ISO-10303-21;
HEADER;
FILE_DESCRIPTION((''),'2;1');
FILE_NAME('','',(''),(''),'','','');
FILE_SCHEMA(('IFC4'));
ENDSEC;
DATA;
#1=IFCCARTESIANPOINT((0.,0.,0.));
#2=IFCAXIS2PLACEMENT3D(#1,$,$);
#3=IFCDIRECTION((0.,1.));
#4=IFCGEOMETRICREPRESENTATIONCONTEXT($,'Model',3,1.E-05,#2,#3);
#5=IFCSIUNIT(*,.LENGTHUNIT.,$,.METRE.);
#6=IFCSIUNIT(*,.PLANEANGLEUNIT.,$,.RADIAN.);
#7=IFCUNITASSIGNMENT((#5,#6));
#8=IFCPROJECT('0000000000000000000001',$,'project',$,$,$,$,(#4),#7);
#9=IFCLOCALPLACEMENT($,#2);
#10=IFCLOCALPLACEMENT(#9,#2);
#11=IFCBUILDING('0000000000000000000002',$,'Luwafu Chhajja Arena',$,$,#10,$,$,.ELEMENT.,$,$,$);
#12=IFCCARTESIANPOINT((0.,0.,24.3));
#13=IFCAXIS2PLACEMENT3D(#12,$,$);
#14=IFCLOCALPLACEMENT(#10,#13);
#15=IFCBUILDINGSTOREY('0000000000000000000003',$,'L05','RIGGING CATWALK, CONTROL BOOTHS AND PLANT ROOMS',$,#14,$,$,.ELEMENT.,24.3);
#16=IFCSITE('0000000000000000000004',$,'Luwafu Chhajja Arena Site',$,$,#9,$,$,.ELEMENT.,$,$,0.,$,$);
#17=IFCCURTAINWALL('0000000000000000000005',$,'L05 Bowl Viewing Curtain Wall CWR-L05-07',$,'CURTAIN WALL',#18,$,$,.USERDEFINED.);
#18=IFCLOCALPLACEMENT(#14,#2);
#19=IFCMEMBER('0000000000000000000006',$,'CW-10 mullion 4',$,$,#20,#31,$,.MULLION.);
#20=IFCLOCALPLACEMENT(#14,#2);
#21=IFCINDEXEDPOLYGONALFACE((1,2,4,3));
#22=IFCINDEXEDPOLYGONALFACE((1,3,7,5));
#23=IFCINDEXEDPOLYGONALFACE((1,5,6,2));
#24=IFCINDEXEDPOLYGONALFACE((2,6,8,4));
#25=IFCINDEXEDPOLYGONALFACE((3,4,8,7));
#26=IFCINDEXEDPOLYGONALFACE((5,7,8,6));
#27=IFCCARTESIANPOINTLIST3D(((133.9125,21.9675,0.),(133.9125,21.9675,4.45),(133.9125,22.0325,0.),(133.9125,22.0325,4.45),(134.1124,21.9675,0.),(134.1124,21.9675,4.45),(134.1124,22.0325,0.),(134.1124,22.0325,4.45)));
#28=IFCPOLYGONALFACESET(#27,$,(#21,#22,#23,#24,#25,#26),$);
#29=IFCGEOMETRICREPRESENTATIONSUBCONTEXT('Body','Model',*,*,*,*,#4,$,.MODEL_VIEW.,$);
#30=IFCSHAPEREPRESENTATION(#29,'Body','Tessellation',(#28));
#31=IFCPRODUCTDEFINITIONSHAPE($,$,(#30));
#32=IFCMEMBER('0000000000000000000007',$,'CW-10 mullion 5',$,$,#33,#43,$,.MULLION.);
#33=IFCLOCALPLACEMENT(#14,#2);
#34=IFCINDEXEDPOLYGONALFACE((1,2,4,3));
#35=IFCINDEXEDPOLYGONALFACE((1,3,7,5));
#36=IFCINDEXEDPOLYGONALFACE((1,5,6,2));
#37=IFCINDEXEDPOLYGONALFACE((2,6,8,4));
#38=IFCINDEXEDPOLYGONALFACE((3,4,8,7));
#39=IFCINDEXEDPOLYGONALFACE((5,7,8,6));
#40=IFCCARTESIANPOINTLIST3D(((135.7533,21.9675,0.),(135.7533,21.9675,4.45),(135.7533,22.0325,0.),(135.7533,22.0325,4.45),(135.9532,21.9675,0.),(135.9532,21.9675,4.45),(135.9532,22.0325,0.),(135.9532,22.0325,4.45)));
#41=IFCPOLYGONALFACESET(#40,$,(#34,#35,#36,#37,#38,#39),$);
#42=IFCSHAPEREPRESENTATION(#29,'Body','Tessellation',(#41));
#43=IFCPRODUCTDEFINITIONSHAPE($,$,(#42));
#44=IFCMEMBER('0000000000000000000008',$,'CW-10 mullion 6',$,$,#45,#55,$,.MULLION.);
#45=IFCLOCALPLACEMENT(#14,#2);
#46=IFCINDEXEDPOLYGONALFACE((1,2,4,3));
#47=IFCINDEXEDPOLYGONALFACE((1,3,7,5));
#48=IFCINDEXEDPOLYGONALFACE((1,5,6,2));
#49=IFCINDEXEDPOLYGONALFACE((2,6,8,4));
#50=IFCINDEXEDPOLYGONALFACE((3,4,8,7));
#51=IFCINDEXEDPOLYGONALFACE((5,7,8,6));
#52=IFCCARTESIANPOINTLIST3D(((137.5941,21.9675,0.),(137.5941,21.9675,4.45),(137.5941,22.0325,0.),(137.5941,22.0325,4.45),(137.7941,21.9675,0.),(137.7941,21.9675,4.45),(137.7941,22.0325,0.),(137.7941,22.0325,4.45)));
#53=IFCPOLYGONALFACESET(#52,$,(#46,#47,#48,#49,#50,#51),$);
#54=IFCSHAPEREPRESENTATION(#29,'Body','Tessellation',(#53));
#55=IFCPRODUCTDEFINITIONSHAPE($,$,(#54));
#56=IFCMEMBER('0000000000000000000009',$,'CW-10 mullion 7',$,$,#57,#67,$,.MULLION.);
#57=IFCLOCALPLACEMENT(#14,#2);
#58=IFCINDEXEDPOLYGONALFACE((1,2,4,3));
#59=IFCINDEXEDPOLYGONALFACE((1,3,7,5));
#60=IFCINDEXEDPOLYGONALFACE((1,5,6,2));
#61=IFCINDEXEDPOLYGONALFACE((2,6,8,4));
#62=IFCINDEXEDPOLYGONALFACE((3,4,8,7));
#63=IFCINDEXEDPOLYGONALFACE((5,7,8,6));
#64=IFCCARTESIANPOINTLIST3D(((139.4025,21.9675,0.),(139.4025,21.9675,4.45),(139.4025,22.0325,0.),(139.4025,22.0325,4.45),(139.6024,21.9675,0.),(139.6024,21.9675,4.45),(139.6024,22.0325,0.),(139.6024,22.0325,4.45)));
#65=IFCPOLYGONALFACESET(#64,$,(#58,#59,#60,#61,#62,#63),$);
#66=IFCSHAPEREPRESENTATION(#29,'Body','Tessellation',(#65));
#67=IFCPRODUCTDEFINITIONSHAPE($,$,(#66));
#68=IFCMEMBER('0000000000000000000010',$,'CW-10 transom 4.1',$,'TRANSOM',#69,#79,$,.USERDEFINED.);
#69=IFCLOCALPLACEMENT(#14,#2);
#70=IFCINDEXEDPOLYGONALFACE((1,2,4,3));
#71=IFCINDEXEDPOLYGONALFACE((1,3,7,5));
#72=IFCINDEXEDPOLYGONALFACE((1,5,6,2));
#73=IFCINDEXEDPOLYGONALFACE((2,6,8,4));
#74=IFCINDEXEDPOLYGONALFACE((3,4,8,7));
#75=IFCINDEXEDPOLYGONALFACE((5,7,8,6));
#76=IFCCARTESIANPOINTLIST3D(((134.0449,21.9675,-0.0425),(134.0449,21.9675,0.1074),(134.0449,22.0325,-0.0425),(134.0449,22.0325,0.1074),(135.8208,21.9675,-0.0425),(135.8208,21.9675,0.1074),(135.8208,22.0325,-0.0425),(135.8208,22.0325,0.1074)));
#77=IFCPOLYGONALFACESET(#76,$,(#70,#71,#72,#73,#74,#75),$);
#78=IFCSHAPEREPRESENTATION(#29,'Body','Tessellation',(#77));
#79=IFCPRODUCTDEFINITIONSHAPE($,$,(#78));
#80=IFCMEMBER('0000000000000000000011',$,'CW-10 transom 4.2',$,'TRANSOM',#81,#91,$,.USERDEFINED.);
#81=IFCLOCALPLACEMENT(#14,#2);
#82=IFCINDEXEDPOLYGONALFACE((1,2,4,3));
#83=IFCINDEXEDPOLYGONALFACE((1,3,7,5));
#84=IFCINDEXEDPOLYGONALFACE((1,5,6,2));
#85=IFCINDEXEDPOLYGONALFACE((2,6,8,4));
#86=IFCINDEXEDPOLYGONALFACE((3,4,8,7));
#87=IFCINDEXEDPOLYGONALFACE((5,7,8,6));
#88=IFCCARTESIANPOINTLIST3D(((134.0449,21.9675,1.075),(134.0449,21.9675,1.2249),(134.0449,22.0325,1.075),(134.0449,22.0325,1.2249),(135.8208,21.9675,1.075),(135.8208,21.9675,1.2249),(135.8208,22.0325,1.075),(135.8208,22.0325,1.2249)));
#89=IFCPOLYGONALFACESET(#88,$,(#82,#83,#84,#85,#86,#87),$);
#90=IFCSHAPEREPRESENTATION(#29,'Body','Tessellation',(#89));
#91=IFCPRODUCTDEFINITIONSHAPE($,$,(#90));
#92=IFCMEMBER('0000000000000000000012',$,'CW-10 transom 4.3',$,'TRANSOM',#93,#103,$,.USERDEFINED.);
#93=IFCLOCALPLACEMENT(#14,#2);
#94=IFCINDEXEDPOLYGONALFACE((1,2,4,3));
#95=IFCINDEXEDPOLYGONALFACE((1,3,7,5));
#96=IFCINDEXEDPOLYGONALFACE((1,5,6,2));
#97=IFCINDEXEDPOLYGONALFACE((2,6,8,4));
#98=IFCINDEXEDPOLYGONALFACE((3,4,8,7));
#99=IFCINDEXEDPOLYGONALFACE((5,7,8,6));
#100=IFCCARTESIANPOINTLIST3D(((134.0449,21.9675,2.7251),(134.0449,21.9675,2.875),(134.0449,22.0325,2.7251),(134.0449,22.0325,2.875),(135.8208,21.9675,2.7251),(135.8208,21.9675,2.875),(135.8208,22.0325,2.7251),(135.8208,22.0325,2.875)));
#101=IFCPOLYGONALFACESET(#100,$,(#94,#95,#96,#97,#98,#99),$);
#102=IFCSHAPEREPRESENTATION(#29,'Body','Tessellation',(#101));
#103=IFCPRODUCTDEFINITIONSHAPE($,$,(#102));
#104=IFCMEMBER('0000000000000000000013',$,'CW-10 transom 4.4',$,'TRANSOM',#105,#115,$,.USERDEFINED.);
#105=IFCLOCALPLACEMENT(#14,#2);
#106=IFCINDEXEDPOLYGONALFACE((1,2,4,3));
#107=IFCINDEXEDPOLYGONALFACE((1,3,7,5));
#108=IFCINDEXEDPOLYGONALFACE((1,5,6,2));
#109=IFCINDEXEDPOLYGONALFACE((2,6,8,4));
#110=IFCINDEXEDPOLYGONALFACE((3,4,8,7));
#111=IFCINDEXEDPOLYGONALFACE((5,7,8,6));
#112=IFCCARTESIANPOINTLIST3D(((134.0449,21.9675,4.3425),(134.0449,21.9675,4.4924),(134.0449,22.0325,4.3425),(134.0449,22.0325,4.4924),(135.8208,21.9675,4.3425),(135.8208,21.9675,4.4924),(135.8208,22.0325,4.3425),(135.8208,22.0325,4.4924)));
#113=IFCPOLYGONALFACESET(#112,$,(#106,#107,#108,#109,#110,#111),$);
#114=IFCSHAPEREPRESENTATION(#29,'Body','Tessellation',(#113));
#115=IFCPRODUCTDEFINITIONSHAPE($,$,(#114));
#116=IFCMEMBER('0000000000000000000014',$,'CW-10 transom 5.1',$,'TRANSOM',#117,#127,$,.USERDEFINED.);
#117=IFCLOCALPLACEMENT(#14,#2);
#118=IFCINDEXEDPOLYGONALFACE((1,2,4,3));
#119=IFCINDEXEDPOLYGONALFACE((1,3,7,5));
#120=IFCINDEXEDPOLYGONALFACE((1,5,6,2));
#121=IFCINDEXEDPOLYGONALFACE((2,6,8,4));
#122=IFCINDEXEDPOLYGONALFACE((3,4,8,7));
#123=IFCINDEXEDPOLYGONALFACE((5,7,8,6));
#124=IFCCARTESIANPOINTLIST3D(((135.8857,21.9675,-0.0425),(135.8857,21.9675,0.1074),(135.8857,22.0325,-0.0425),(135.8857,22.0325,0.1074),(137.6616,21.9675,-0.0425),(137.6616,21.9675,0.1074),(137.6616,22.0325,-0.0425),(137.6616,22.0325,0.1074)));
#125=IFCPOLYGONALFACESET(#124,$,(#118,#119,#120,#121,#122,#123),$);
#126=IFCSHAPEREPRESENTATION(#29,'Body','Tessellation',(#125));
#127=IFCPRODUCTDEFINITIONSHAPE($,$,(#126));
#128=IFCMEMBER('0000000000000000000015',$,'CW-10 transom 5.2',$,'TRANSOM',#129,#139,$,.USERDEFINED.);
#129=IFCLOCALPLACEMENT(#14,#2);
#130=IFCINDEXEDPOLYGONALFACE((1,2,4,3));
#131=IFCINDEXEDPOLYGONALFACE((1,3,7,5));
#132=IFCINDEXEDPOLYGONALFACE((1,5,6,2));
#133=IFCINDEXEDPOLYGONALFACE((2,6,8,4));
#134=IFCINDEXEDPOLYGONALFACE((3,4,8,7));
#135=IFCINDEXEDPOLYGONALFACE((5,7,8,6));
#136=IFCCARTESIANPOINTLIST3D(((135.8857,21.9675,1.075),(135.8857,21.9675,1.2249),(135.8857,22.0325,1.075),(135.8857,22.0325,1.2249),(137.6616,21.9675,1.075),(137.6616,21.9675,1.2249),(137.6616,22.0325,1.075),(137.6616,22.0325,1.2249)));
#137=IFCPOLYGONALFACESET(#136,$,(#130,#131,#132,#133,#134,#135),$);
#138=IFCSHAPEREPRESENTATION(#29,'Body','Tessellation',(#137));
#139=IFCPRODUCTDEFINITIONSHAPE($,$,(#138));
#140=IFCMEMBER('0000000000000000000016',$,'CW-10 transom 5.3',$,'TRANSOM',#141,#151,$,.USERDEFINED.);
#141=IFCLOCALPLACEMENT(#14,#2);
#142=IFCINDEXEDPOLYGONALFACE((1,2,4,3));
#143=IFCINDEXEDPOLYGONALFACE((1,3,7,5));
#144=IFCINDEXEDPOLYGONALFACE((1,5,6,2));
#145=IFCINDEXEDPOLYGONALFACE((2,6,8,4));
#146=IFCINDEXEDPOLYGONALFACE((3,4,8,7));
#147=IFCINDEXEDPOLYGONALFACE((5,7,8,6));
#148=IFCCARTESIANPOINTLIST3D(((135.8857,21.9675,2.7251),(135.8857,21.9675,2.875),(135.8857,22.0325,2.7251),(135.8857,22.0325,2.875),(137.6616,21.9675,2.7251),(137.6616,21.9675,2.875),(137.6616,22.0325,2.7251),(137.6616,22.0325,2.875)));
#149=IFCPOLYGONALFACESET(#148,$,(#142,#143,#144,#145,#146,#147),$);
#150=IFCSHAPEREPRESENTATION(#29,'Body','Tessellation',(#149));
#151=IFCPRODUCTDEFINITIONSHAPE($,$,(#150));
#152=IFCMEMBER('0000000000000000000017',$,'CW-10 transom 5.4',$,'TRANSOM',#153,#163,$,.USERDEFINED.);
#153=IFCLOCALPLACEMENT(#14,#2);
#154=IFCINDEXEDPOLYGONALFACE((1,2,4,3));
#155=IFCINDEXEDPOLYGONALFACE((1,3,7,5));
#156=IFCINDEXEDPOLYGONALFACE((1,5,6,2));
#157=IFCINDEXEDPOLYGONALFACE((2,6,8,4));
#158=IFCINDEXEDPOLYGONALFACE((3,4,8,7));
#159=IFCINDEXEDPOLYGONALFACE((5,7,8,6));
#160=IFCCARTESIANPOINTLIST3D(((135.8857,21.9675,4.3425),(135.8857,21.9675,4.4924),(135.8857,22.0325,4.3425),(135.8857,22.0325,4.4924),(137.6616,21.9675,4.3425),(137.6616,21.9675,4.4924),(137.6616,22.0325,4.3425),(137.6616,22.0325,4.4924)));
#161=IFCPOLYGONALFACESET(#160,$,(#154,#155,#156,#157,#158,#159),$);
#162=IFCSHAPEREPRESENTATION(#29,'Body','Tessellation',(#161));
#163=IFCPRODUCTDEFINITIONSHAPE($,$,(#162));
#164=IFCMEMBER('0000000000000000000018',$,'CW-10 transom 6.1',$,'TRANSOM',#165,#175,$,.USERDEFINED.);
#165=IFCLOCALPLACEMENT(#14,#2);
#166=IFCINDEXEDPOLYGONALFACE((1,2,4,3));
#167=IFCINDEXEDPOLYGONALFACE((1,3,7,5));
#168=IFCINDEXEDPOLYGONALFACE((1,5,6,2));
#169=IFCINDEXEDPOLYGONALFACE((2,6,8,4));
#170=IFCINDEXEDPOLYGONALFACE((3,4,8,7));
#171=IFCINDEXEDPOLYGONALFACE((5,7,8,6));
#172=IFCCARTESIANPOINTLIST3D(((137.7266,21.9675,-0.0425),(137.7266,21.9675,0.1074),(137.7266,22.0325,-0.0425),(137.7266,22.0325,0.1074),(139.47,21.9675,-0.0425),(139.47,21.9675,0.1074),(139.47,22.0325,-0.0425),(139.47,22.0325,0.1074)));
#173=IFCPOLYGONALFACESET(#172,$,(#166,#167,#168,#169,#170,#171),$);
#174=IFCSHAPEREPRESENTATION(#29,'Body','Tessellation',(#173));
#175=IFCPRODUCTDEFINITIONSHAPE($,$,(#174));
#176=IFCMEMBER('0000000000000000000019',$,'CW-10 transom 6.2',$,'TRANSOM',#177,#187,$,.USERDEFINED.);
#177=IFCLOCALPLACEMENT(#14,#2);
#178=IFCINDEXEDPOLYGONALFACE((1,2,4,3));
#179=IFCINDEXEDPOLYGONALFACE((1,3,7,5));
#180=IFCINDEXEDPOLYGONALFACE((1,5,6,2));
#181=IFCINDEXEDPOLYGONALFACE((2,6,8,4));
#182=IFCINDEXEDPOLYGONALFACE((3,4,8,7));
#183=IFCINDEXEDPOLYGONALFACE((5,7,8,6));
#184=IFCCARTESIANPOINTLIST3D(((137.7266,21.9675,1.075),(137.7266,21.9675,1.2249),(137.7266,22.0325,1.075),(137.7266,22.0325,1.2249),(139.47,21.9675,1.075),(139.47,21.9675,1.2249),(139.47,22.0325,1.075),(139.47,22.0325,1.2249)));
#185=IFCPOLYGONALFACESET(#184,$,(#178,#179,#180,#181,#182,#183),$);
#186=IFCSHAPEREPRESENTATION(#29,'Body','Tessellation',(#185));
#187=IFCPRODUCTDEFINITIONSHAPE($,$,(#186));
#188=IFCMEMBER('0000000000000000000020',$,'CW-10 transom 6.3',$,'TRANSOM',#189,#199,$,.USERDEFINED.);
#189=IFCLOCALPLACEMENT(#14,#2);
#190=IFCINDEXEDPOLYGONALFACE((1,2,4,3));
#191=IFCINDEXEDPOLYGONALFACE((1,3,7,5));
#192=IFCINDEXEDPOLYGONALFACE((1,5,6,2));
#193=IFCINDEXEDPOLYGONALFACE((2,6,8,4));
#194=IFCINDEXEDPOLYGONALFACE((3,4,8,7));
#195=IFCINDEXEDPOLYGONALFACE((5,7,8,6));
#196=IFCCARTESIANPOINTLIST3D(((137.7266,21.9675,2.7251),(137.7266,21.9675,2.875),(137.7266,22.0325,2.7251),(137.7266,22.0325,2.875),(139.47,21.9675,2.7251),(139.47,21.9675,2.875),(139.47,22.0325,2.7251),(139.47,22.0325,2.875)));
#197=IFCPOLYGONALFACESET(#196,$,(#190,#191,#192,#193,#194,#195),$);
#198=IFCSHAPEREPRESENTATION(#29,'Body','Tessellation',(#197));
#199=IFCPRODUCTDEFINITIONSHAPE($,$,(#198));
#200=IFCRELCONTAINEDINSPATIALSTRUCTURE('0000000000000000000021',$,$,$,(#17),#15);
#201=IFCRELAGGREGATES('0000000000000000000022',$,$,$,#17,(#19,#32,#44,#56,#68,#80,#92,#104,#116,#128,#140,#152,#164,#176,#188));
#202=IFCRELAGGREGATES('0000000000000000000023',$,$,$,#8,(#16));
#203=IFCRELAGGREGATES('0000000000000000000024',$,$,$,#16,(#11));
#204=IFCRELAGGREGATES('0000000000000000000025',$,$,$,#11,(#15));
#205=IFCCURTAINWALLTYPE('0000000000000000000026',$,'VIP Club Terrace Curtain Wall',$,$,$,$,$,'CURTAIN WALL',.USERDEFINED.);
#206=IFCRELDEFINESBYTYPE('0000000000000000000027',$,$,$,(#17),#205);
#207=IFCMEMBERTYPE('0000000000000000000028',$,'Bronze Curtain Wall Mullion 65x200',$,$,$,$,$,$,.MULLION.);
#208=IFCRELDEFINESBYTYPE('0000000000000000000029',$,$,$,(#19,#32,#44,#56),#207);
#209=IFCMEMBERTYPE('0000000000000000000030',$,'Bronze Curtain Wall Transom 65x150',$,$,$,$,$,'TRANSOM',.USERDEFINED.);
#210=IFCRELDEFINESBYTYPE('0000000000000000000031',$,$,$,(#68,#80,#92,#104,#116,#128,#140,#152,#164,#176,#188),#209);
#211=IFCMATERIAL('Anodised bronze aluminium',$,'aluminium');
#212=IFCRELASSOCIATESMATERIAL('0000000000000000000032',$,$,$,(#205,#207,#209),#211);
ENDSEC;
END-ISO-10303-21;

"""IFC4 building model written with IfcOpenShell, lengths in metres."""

from ifc_helpers import new_model, si_unit, direction, frame, origin, origin_2d, place, context, subcontext, project, spatial, rectangle, extrude, material, material_profile, profile_set, type_object, element, aggregate, save


model = new_model("IFC4")

# Units and contexts
model_context = context("Model", 3, precision=1e-05, world=origin(), true_north=direction((0.0, 1.0)))
body_context = subcontext(model_context, "Body", "Model", "MODEL_VIEW")
ifc_project = project(units=[si_unit("LENGTHUNIT", "METRE"), si_unit("PLANEANGLEUNIT", "RADIAN")], contexts=[model_context])

# Site, building, storey
site_placement = place(None, origin())
site = spatial("IfcSite", under=ifc_project, at=site_placement, Name="Luwafu Chhajja Arena Site", CompositionType="ELEMENT", RefElevation=0.0)
building_placement = place(site_placement, origin())
building = spatial("IfcBuilding", under=site, at=building_placement, Name="Luwafu Chhajja Arena", CompositionType="ELEMENT")
storey_placement = place(building_placement, frame((0.0, 0.0, 24.3)))
storey = spatial("IfcBuildingStorey", under=building, at=storey_placement, Name="L05", Description="RIGGING CATWALK, CONTROL BOOTHS AND PLANT ROOMS", CompositionType="ELEMENT", Elevation=24.3)

# Curtain wall, members
ifc_material_1 = material(Name="Anodised bronze aluminium", Category="aluminium")
curtain_wall_type = type_object("IfcCurtainWallType", Name="VIP Club Terrace Curtain Wall", ElementType="CURTAIN WALL", PredefinedType="USERDEFINED", material=ifc_material_1)
curtain_wall_placement = place(storey_placement, origin())
curtain_wall = element("IfcCurtainWall", 1, at=curtain_wall_placement, inside=storey, type_object=curtain_wall_type, Name="L05 Bowl Viewing Curtain Wall CWR-L05-07", ObjectType="CURTAIN WALL", PredefinedType="USERDEFINED")
ifc_material_profile_1 = material_profile(ifc_material_1, rectangle(XDim=0.0649, YDim=0.2, at=origin_2d()), Name="CWM 65x200")
ifc_profile_set_1 = profile_set([ifc_material_profile_1], Name="Anodised bronze aluminium")
member_type_1 = type_object("IfcMemberType", Name="Bronze Curtain Wall Mullion 65x200", PredefinedType="MULLION", material=ifc_profile_set_1)
member_1_placement = place(storey_placement, frame((134.0125, 22.0, 0.0), z_axis=(0.0, 0.0, 1.0), x_axis=(0.0, 1.0, 0.0)))
member_1 = element("IfcMember", 2, at=member_1_placement, type_object=member_type_1, Name="CW-10 mullion 4", PredefinedType="MULLION", context=body_context, shape_type="SweptSolid", body=[
    extrude(rectangle(XDim=0.0649, YDim=0.2, at=origin_2d()), origin(), (0.0, 0.0, 1.0), 4.45),
])
member_2_placement = place(storey_placement, frame((135.8533, 22.0, 0.0), z_axis=(0.0, 0.0, 1.0), x_axis=(0.0, 1.0, 0.0)))
member_2 = element("IfcMember", 3, at=member_2_placement, type_object=member_type_1, Name="CW-10 mullion 5", PredefinedType="MULLION", context=body_context, shape_type="SweptSolid", body=[
    extrude(rectangle(XDim=0.0649, YDim=0.2, at=origin_2d()), origin(), (0.0, 0.0, 1.0), 4.45),
])
member_3_placement = place(storey_placement, frame((137.6941, 22.0, 0.0), z_axis=(0.0, 0.0, 1.0), x_axis=(0.0, 1.0, 0.0)))
member_3 = element("IfcMember", 4, at=member_3_placement, type_object=member_type_1, Name="CW-10 mullion 6", PredefinedType="MULLION", context=body_context, shape_type="SweptSolid", body=[
    extrude(rectangle(XDim=0.0649, YDim=0.2, at=origin_2d()), origin(), (0.0, 0.0, 1.0), 4.45),
])
member_4_placement = place(storey_placement, frame((139.5024, 22.0, 0.0), z_axis=(0.0, 0.0, 1.0), x_axis=(0.0, 1.0, 0.0)))
member_4 = element("IfcMember", 5, at=member_4_placement, type_object=member_type_1, Name="CW-10 mullion 7", PredefinedType="MULLION", context=body_context, shape_type="SweptSolid", body=[
    extrude(rectangle(XDim=0.0649, YDim=0.2, at=origin_2d()), origin(), (0.0, 0.0, 1.0), 4.45),
])
ifc_material_profile_2 = material_profile(ifc_material_1, rectangle(XDim=0.0649, YDim=0.1499, at=origin_2d()), Name="CWT 65x150")
ifc_profile_set_2 = profile_set([ifc_material_profile_2], Name="Anodised bronze aluminium")
member_type_2 = type_object("IfcMemberType", Name="Bronze Curtain Wall Transom 65x150", ElementType="TRANSOM", PredefinedType="USERDEFINED", material=ifc_profile_set_2)
member_5_placement = place(storey_placement, frame((134.0449, 22.0, 0.0325), z_axis=(1.0, 0.0, 0.0), x_axis=(0.0, 1.0, 0.0)))
member_5 = element("IfcMember", 6, at=member_5_placement, type_object=member_type_2, Name="CW-10 transom 4.1", ObjectType="TRANSOM", PredefinedType="USERDEFINED", context=body_context, shape_type="SweptSolid", body=[
    extrude(rectangle(XDim=0.0649, YDim=0.1499, at=origin_2d()), origin(), (0.0, 0.0, 1.0), 1.7759),
])
member_6_placement = place(storey_placement, frame((134.0449, 22.0, 1.1499), z_axis=(1.0, 0.0, 0.0), x_axis=(0.0, 1.0, 0.0)))
member_6 = element("IfcMember", 7, at=member_6_placement, type_object=member_type_2, Name="CW-10 transom 4.2", ObjectType="TRANSOM", PredefinedType="USERDEFINED", context=body_context, shape_type="SweptSolid", body=[
    extrude(rectangle(XDim=0.0649, YDim=0.1499, at=origin_2d()), origin(), (0.0, 0.0, 1.0), 1.7759),
])
member_7_placement = place(storey_placement, frame((134.0449, 22.0, 2.8), z_axis=(1.0, 0.0, 0.0), x_axis=(0.0, 1.0, 0.0)))
member_7 = element("IfcMember", 8, at=member_7_placement, type_object=member_type_2, Name="CW-10 transom 4.3", ObjectType="TRANSOM", PredefinedType="USERDEFINED", context=body_context, shape_type="SweptSolid", body=[
    extrude(rectangle(XDim=0.0649, YDim=0.1499, at=origin_2d()), origin(), (0.0, 0.0, 1.0), 1.7759),
])
member_8_placement = place(storey_placement, frame((134.0449, 22.0, 4.4175), z_axis=(1.0, 0.0, 0.0), x_axis=(0.0, 1.0, 0.0)))
member_8 = element("IfcMember", 9, at=member_8_placement, type_object=member_type_2, Name="CW-10 transom 4.4", ObjectType="TRANSOM", PredefinedType="USERDEFINED", context=body_context, shape_type="SweptSolid", body=[
    extrude(rectangle(XDim=0.0649, YDim=0.1499, at=origin_2d()), origin(), (0.0, 0.0, 1.0), 1.7759),
])
member_9_placement = place(storey_placement, frame((135.8857, 22.0, 0.0325), z_axis=(1.0, 0.0, 0.0), x_axis=(0.0, 1.0, 0.0)))
member_9 = element("IfcMember", 10, at=member_9_placement, type_object=member_type_2, Name="CW-10 transom 5.1", ObjectType="TRANSOM", PredefinedType="USERDEFINED", context=body_context, shape_type="SweptSolid", body=[
    extrude(rectangle(XDim=0.0649, YDim=0.1499, at=origin_2d()), origin(), (0.0, 0.0, 1.0), 1.7759),
])
member_10_placement = place(storey_placement, frame((135.8857, 22.0, 1.1499), z_axis=(1.0, 0.0, 0.0), x_axis=(0.0, 1.0, 0.0)))
member_10 = element("IfcMember", 11, at=member_10_placement, type_object=member_type_2, Name="CW-10 transom 5.2", ObjectType="TRANSOM", PredefinedType="USERDEFINED", context=body_context, shape_type="SweptSolid", body=[
    extrude(rectangle(XDim=0.0649, YDim=0.1499, at=origin_2d()), origin(), (0.0, 0.0, 1.0), 1.7759),
])
member_11_placement = place(storey_placement, frame((135.8857, 22.0, 2.8), z_axis=(1.0, 0.0, 0.0), x_axis=(0.0, 1.0, 0.0)))
member_11 = element("IfcMember", 12, at=member_11_placement, type_object=member_type_2, Name="CW-10 transom 5.3", ObjectType="TRANSOM", PredefinedType="USERDEFINED", context=body_context, shape_type="SweptSolid", body=[
    extrude(rectangle(XDim=0.0649, YDim=0.1499, at=origin_2d()), origin(), (0.0, 0.0, 1.0), 1.7759),
])
member_12_placement = place(storey_placement, frame((135.8857, 22.0, 4.4175), z_axis=(1.0, 0.0, 0.0), x_axis=(0.0, 1.0, 0.0)))
member_12 = element("IfcMember", 13, at=member_12_placement, type_object=member_type_2, Name="CW-10 transom 5.4", ObjectType="TRANSOM", PredefinedType="USERDEFINED", context=body_context, shape_type="SweptSolid", body=[
    extrude(rectangle(XDim=0.0649, YDim=0.1499, at=origin_2d()), origin(), (0.0, 0.0, 1.0), 1.7759),
])
member_13_placement = place(storey_placement, frame((137.7266, 22.0, 0.0325), z_axis=(1.0, 0.0, 0.0), x_axis=(0.0, 1.0, 0.0)))
member_13 = element("IfcMember", 14, at=member_13_placement, type_object=member_type_2, Name="CW-10 transom 6.1", ObjectType="TRANSOM", PredefinedType="USERDEFINED", context=body_context, shape_type="SweptSolid", body=[
    extrude(rectangle(XDim=0.0649, YDim=0.1499, at=origin_2d()), origin(), (0.0, 0.0, 1.0), 1.7434),
])
member_14_placement = place(storey_placement, frame((137.7266, 22.0, 1.1499), z_axis=(1.0, 0.0, 0.0), x_axis=(0.0, 1.0, 0.0)))
member_14 = element("IfcMember", 15, at=member_14_placement, type_object=member_type_2, Name="CW-10 transom 6.2", ObjectType="TRANSOM", PredefinedType="USERDEFINED", context=body_context, shape_type="SweptSolid", body=[
    extrude(rectangle(XDim=0.0649, YDim=0.1499, at=origin_2d()), origin(), (0.0, 0.0, 1.0), 1.7434),
])
member_15_placement = place(storey_placement, frame((137.7266, 22.0, 2.8), z_axis=(1.0, 0.0, 0.0), x_axis=(0.0, 1.0, 0.0)))
member_15 = element("IfcMember", 16, at=member_15_placement, type_object=member_type_2, Name="CW-10 transom 6.3", ObjectType="TRANSOM", PredefinedType="USERDEFINED", context=body_context, shape_type="SweptSolid", body=[
    extrude(rectangle(XDim=0.0649, YDim=0.1499, at=origin_2d()), origin(), (0.0, 0.0, 1.0), 1.7434),
])
aggregate(curtain_wall, [member_1, member_2, member_3, member_4, member_5, member_6, member_7, member_8, member_9, member_10, member_11, member_12, member_13, member_14, member_15])

save(model, "model.ifc")
